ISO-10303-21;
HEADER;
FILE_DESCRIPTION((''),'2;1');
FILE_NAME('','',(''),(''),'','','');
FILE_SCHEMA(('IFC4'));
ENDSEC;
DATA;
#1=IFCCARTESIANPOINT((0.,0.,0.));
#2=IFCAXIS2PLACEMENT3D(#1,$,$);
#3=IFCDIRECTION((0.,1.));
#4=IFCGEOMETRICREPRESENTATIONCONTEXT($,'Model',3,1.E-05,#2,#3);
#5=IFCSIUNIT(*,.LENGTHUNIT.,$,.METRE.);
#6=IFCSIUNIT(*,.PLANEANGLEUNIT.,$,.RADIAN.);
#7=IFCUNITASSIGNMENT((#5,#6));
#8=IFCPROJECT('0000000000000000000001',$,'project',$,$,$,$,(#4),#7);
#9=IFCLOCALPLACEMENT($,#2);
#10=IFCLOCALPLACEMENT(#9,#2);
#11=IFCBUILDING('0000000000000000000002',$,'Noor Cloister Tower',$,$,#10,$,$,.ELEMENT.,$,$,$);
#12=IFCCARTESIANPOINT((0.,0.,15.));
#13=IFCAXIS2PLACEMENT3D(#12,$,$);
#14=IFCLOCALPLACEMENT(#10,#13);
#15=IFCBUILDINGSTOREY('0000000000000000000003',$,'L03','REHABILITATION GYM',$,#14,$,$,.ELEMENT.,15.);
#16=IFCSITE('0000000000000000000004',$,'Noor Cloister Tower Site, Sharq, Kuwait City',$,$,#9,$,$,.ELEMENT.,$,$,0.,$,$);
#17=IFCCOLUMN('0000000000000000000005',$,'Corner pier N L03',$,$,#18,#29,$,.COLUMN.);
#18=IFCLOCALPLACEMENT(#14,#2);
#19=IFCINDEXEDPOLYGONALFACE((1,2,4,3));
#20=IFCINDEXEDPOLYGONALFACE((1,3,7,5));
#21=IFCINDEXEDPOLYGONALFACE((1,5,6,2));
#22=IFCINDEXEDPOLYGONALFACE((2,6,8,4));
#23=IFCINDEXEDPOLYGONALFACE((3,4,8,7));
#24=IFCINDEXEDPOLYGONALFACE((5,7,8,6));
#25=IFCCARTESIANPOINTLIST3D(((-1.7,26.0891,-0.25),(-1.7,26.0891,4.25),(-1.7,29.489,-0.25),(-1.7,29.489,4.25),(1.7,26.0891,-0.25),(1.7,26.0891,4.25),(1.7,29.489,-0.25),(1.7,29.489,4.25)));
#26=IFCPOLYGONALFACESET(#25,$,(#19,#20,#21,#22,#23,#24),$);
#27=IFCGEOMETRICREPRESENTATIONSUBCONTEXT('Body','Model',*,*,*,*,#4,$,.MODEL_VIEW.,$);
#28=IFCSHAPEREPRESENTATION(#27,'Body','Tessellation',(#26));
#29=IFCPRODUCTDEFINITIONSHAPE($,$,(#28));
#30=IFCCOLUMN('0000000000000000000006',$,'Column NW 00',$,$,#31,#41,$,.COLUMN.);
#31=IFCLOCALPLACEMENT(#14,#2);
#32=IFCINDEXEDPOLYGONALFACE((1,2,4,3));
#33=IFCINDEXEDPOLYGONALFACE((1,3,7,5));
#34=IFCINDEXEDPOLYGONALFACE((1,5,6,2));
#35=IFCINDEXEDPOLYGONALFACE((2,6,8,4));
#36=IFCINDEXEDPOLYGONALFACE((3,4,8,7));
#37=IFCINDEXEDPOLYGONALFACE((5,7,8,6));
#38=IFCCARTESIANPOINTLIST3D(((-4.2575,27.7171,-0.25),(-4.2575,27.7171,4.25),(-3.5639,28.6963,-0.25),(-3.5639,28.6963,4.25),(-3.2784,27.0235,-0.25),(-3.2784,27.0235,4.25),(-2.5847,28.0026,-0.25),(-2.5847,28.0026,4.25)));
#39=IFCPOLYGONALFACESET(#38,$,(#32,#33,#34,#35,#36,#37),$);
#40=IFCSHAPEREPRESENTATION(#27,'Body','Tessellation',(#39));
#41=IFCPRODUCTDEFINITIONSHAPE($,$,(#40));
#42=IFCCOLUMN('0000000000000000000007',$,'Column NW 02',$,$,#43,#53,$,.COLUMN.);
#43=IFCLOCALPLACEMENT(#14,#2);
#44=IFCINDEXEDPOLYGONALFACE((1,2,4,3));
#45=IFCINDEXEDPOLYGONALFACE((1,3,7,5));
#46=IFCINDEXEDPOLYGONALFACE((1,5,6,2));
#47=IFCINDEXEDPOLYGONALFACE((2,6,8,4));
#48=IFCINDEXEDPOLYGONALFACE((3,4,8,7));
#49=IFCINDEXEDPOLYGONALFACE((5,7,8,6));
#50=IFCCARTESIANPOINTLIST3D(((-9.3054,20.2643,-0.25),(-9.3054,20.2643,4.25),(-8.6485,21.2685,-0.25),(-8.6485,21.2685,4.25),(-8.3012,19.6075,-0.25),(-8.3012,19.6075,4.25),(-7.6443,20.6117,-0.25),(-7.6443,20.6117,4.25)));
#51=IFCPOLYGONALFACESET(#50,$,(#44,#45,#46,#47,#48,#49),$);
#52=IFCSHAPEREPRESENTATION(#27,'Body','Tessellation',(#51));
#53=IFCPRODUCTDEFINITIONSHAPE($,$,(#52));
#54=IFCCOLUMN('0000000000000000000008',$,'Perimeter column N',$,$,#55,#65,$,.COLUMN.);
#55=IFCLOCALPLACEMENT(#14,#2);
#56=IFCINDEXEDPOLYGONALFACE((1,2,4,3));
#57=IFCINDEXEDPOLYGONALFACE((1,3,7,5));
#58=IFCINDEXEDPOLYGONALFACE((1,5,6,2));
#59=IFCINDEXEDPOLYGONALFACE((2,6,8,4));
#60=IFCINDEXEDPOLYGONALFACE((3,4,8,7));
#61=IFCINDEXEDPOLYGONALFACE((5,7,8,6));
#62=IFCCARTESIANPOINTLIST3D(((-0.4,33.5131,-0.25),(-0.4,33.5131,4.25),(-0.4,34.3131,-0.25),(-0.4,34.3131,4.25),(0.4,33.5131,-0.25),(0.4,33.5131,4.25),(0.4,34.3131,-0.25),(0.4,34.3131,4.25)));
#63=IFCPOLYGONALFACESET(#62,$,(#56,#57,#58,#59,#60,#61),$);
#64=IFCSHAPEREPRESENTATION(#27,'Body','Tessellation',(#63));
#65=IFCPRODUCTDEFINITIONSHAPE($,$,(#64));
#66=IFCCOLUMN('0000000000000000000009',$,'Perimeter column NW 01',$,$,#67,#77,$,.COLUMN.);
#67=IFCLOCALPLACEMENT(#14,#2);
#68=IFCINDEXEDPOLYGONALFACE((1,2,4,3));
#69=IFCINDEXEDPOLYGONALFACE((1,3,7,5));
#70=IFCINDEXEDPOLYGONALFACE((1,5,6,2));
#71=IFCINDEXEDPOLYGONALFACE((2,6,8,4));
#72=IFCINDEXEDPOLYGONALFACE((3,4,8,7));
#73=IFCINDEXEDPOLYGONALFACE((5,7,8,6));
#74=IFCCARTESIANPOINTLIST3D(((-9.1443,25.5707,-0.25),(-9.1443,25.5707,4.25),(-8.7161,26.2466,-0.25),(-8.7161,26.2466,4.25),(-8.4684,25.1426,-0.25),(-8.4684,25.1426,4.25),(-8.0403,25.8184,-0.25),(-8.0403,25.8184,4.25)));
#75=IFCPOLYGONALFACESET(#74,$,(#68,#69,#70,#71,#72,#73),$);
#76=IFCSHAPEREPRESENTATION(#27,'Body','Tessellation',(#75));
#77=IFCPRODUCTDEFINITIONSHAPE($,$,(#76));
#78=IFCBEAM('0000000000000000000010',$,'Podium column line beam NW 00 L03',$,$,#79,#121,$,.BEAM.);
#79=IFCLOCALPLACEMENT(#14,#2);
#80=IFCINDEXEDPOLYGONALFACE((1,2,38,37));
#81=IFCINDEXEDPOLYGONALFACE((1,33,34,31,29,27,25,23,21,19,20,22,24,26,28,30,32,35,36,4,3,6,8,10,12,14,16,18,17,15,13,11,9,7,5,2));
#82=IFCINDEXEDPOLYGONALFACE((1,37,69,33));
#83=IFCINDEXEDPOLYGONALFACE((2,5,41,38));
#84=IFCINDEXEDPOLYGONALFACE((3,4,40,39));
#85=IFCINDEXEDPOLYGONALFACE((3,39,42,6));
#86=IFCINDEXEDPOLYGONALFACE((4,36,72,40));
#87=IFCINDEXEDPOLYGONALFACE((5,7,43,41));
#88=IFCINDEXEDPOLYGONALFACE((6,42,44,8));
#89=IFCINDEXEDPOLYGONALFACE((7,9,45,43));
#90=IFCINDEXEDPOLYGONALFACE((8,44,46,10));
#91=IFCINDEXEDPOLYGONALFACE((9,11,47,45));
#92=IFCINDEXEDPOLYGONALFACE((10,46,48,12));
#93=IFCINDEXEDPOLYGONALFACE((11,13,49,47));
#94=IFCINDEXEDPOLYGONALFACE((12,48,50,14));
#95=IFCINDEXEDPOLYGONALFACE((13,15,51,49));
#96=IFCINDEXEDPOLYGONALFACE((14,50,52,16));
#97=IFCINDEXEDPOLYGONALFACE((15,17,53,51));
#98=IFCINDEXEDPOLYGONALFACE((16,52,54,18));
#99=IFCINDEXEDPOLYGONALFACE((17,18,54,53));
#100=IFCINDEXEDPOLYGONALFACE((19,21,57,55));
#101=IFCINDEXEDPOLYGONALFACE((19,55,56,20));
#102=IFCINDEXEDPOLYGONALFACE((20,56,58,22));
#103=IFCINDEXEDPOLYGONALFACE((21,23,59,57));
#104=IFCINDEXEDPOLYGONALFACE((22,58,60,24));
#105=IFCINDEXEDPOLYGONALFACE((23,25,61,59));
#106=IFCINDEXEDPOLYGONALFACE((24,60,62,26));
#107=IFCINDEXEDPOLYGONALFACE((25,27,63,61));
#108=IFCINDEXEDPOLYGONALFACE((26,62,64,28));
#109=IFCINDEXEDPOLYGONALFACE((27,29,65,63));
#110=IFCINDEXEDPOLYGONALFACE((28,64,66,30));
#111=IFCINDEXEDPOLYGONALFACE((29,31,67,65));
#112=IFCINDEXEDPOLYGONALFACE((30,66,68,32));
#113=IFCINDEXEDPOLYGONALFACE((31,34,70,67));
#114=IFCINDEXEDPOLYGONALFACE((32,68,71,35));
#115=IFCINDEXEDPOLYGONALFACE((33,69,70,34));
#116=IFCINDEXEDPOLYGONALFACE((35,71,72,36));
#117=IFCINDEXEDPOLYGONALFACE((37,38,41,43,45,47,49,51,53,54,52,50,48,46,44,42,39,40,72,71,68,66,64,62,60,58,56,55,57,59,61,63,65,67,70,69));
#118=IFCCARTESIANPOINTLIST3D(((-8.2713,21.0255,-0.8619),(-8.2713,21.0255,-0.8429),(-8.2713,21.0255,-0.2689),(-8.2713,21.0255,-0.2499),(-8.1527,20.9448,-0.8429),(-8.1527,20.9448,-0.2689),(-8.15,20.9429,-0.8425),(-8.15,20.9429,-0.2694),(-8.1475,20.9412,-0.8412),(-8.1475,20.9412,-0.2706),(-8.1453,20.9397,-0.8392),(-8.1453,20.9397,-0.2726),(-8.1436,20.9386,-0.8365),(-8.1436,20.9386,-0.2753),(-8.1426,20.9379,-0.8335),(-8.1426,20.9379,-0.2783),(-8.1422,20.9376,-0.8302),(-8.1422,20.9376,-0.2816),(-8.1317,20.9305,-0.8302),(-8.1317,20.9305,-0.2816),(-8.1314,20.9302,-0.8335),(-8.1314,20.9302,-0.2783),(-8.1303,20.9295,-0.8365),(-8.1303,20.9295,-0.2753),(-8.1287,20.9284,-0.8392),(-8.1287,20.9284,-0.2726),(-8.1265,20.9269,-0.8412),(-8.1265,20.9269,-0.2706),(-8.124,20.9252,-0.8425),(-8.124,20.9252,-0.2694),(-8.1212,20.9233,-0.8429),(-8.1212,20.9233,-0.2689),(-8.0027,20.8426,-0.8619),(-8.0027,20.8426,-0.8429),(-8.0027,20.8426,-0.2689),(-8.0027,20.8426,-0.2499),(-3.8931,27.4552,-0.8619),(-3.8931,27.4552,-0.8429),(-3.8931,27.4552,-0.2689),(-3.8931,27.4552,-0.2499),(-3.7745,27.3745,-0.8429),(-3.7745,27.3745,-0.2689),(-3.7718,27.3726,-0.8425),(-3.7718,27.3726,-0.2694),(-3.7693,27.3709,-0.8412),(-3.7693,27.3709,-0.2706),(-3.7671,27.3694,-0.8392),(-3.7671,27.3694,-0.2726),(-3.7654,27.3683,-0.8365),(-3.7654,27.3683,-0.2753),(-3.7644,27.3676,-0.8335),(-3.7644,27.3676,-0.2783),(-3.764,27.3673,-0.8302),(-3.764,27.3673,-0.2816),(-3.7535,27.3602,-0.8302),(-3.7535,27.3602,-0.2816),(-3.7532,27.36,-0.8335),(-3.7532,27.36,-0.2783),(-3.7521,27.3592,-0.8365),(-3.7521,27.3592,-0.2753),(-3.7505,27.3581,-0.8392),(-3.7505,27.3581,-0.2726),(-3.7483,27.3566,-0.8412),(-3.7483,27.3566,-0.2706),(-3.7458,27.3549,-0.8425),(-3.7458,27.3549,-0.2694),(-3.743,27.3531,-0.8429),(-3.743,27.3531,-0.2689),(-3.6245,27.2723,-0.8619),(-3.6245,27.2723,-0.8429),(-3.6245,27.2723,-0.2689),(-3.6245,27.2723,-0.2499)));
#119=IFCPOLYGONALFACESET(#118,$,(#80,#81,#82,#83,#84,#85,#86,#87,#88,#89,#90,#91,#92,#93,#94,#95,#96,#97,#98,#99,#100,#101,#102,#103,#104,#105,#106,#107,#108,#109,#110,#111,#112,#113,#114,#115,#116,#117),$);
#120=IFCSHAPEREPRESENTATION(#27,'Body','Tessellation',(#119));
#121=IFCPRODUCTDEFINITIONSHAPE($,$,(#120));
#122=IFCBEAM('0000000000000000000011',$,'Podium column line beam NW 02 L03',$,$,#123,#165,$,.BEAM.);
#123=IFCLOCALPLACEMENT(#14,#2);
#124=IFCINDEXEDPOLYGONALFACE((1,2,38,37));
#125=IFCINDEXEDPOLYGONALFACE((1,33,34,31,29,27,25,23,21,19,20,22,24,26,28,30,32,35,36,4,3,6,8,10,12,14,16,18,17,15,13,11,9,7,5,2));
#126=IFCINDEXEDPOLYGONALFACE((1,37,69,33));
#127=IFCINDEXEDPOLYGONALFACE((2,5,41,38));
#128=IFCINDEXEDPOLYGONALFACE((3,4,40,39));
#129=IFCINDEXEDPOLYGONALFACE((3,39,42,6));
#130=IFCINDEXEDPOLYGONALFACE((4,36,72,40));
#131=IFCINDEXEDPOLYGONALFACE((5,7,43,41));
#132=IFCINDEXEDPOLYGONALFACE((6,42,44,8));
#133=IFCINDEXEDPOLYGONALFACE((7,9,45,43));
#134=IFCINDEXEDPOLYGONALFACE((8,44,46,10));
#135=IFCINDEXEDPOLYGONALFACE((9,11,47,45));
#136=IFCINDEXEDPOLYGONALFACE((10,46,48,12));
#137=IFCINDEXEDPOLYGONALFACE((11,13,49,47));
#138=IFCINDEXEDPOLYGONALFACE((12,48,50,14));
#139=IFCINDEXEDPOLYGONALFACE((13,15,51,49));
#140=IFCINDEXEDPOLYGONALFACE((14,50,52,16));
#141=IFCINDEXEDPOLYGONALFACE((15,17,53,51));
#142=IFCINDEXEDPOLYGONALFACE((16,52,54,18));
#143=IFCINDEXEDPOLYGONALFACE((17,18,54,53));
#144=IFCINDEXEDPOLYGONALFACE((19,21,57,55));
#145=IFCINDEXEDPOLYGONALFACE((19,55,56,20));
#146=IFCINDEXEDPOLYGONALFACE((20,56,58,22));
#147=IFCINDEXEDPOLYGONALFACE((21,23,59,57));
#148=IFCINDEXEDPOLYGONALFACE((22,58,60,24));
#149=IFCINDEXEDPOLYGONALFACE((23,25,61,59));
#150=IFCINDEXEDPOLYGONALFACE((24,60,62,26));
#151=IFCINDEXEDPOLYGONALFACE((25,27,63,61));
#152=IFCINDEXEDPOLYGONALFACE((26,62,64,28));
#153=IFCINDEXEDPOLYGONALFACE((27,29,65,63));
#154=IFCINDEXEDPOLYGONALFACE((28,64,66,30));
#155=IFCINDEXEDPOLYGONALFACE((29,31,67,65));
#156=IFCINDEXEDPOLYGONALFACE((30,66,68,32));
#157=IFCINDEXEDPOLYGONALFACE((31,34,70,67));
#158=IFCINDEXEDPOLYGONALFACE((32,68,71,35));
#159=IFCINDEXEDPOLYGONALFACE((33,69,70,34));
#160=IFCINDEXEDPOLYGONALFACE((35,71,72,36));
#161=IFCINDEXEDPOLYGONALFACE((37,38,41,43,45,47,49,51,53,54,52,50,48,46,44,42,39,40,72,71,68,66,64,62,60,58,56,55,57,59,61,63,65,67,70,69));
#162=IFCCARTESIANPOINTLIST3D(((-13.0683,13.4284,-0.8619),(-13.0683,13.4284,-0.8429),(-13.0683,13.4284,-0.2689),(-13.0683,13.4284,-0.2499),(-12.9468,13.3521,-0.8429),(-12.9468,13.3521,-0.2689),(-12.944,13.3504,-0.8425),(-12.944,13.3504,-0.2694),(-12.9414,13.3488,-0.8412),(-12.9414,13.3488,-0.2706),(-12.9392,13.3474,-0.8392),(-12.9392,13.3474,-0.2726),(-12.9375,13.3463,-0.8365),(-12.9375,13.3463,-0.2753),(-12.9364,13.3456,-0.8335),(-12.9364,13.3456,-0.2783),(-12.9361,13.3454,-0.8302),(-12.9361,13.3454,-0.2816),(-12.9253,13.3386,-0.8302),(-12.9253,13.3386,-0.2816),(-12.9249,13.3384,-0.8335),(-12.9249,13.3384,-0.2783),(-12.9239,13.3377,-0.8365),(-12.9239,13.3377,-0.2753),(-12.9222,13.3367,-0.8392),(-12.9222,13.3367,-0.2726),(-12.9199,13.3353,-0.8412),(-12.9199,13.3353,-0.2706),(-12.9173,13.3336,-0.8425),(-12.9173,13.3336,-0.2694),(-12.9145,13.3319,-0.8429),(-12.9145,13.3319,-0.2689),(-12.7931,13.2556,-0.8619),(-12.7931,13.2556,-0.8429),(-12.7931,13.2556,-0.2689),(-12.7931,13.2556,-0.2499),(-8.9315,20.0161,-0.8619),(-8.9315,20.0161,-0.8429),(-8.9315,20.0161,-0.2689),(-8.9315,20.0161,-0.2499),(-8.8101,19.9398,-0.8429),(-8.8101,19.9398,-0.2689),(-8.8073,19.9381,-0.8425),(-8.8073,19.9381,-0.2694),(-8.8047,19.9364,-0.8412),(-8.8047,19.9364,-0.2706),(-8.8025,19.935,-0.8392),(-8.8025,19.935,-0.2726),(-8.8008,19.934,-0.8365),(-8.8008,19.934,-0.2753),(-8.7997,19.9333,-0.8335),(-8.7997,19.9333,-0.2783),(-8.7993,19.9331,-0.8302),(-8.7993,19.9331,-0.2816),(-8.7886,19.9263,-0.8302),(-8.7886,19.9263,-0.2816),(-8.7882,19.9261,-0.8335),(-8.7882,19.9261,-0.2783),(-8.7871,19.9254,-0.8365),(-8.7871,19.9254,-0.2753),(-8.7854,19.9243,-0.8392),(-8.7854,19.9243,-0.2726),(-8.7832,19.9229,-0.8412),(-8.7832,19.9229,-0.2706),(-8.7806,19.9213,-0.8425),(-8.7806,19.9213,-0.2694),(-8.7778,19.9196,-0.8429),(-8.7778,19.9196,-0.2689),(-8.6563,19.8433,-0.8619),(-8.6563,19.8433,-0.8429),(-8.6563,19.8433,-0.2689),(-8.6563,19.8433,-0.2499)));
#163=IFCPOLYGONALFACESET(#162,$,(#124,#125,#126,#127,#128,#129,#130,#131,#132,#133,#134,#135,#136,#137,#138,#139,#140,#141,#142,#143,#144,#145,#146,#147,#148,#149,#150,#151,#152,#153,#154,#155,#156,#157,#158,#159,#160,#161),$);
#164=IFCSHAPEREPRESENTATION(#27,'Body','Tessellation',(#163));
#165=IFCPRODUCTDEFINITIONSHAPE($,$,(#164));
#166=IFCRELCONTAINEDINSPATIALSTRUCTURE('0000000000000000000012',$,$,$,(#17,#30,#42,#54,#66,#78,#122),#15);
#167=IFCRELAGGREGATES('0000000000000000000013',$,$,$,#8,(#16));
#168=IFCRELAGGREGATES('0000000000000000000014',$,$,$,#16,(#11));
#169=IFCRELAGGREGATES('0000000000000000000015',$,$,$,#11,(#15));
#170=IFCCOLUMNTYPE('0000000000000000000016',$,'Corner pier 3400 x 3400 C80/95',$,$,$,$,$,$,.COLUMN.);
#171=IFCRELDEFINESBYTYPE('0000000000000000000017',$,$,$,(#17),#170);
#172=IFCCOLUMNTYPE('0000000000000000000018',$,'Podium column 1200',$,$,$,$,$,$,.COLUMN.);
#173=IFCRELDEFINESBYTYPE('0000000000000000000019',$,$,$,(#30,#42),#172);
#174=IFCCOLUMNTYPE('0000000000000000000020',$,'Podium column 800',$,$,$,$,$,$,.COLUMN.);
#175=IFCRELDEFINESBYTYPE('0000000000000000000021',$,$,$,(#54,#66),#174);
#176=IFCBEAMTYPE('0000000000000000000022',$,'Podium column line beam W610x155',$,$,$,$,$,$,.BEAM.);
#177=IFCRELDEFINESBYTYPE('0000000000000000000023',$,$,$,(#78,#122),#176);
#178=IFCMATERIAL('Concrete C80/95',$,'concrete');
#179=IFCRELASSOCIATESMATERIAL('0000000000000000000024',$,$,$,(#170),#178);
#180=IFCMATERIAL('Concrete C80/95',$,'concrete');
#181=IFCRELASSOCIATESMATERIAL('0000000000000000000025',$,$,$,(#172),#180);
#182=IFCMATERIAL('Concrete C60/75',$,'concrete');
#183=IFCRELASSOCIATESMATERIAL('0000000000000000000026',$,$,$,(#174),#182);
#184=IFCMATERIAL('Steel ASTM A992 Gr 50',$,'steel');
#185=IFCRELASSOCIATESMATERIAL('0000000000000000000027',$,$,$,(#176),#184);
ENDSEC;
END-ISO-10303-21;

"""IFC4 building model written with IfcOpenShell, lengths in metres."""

from ifc_helpers import new_model, si_unit, direction, frame, origin, origin_2d, place, context, subcontext, project, spatial, rectangle, i_section, extrude, material, material_profile, profile_set, type_object, element, save


model = new_model("IFC4")

# Units and contexts
model_context = context("Model", 3, precision=1e-05, world=origin(), true_north=direction((0.0, 1.0)))
body_context = subcontext(model_context, "Body", "Model", "MODEL_VIEW")
ifc_project = project(units=[si_unit("LENGTHUNIT", "METRE"), si_unit("PLANEANGLEUNIT", "RADIAN")], contexts=[model_context])

# Site, building, storey
site_placement = place(None, origin())
site = spatial("IfcSite", under=ifc_project, at=site_placement, Name="Noor Cloister Tower Site, Sharq, Kuwait City", CompositionType="ELEMENT", RefElevation=0.0)
building_placement = place(site_placement, origin())
building = spatial("IfcBuilding", under=site, at=building_placement, Name="Noor Cloister Tower", CompositionType="ELEMENT")
storey_placement = place(building_placement, frame((0.0, 0.0, 15.0)))
storey = spatial("IfcBuildingStorey", under=building, at=storey_placement, Name="L03", Description="REHABILITATION GYM", CompositionType="ELEMENT", Elevation=15.0)

# Columns
ifc_material_1 = material(Name="Concrete C80/95", Category="concrete")
ifc_material_profile_1 = material_profile(ifc_material_1, rectangle(XDim=3.3999, YDim=3.3999, at=origin_2d()), Name="RC 3400x3400")
ifc_profile_set_1 = profile_set([ifc_material_profile_1], Name="Concrete C80/95")
column_type_1 = type_object("IfcColumnType", Name="Corner pier 3400 x 3400 C80/95", PredefinedType="COLUMN", material=ifc_profile_set_1)
column_placement = place(storey_placement, frame((0.0, 27.7891, -0.25), z_axis=(0.0, 0.0, 1.0), x_axis=(0.0, 1.0, 0.0)))
element("IfcColumn", 1, at=column_placement, inside=storey, type_object=column_type_1, Name="Corner pier N L03", PredefinedType="COLUMN", context=body_context, shape_type="SweptSolid", body=[
    extrude(rectangle(XDim=3.3999, YDim=3.3999, at=origin_2d()), origin(), (0.0, 0.0, 1.0), 4.5),
])
ifc_material_2 = material(Name="Concrete C80/95", Category="concrete")
ifc_material_profile_2 = material_profile(ifc_material_2, rectangle(XDim=1.2, YDim=1.2, at=origin_2d()), Name="Podium column 1200")
ifc_profile_set_2 = profile_set([ifc_material_profile_2], Name="Concrete C80/95")
column_type_2 = type_object("IfcColumnType", Name="Podium column 1200", PredefinedType="COLUMN", material=ifc_profile_set_2)
for number, where, z_axis, x_axis, name in (
    (2, (-3.4211, 27.8599, -0.25), (0.0, 0.0, 1.0), (-0.815983, 0.578076, 0.0), "Column NW 00"),
    (3, (-8.4749, 20.438, -0.25), (0.0, 0.0, 1.0), (-0.836868, 0.547405, 0.0), "Column NW 02"),
):
    element("IfcColumn", number, at=place(storey_placement, frame(where, z_axis=z_axis, x_axis=x_axis)), inside=storey, type_object=column_type_2, Name=name, PredefinedType="COLUMN", context=body_context, shape_type="SweptSolid", body=[
        extrude(rectangle(XDim=1.2, YDim=1.2, at=origin_2d()), origin(), (0.0, 0.0, 1.0), 4.5),
    ])
ifc_material_3 = material(Name="Concrete C60/75", Category="concrete")
ifc_material_profile_3 = material_profile(ifc_material_3, rectangle(XDim=0.8, YDim=0.8, at=origin_2d()), Name="Podium column 800")
ifc_profile_set_3 = profile_set([ifc_material_profile_3], Name="Concrete C60/75")
column_type_3 = type_object("IfcColumnType", Name="Podium column 800", PredefinedType="COLUMN", material=ifc_profile_set_3)
for number, where, z_axis, x_axis, name in (
    (4, (0.0, 33.9131, -0.25), (0.0, 0.0, 1.0), (0.0, 1.0, 0.0), "Perimeter column N"),
    (5, (-8.5923, 25.6946, -0.25), (0.0, 0.0, 1.0), (-0.844762, 0.535142, 0.0), "Perimeter column NW 01"),
):
    element("IfcColumn", number, at=place(storey_placement, frame(where, z_axis=z_axis, x_axis=x_axis)), inside=storey, type_object=column_type_3, Name=name, PredefinedType="COLUMN", context=body_context, shape_type="SweptSolid", body=[
        extrude(rectangle(XDim=0.8, YDim=0.8, at=origin_2d()), origin(), (0.0, 0.0, 1.0), 4.5),
    ])

# Beams
ifc_material_4 = material(Name="Steel ASTM A992 Gr 50", Category="steel")
ifc_material_profile_4 = material_profile(ifc_material_4, i_section(OverallWidth=0.325, OverallDepth=0.6121, WebThickness=0.0127, FlangeThickness=0.019, FilletRadius=0.0127, at=origin_2d()), Name="W610x155")
ifc_profile_set_4 = profile_set([ifc_material_profile_4], Name="Steel ASTM A992 Gr 50")
beam_type_1 = type_object("IfcBeamType", Name="Podium column line beam W610x155", PredefinedType="BEAM", material=ifc_profile_set_4)
for number, where, z_axis, x_axis, name in (
    (6, (-3.7588, 27.3638, -0.5559), (-0.562836, -0.826568, 0.0), (0.826568, -0.562836, 0.0), "Podium column line beam NW 00 L03"),
    (7, (-8.7939, 19.9297, -0.5559), (-0.531795, -0.846873, 0.0), (0.846873, -0.531795, 0.0), "Podium column line beam NW 02 L03"),
):
    element("IfcBeam", number, at=place(storey_placement, frame(where, z_axis=z_axis, x_axis=x_axis)), inside=storey, type_object=beam_type_1, Name=name, PredefinedType="BEAM", context=body_context, shape_type="SweptSolid", body=[
        extrude(i_section(OverallWidth=0.325, OverallDepth=0.6121, WebThickness=0.0127, FlangeThickness=0.019, FilletRadius=0.0127, at=origin_2d()), origin(), (0.0, 0.0, 1.0), 7.7788),
    ])

save(model, "model.ifc")
